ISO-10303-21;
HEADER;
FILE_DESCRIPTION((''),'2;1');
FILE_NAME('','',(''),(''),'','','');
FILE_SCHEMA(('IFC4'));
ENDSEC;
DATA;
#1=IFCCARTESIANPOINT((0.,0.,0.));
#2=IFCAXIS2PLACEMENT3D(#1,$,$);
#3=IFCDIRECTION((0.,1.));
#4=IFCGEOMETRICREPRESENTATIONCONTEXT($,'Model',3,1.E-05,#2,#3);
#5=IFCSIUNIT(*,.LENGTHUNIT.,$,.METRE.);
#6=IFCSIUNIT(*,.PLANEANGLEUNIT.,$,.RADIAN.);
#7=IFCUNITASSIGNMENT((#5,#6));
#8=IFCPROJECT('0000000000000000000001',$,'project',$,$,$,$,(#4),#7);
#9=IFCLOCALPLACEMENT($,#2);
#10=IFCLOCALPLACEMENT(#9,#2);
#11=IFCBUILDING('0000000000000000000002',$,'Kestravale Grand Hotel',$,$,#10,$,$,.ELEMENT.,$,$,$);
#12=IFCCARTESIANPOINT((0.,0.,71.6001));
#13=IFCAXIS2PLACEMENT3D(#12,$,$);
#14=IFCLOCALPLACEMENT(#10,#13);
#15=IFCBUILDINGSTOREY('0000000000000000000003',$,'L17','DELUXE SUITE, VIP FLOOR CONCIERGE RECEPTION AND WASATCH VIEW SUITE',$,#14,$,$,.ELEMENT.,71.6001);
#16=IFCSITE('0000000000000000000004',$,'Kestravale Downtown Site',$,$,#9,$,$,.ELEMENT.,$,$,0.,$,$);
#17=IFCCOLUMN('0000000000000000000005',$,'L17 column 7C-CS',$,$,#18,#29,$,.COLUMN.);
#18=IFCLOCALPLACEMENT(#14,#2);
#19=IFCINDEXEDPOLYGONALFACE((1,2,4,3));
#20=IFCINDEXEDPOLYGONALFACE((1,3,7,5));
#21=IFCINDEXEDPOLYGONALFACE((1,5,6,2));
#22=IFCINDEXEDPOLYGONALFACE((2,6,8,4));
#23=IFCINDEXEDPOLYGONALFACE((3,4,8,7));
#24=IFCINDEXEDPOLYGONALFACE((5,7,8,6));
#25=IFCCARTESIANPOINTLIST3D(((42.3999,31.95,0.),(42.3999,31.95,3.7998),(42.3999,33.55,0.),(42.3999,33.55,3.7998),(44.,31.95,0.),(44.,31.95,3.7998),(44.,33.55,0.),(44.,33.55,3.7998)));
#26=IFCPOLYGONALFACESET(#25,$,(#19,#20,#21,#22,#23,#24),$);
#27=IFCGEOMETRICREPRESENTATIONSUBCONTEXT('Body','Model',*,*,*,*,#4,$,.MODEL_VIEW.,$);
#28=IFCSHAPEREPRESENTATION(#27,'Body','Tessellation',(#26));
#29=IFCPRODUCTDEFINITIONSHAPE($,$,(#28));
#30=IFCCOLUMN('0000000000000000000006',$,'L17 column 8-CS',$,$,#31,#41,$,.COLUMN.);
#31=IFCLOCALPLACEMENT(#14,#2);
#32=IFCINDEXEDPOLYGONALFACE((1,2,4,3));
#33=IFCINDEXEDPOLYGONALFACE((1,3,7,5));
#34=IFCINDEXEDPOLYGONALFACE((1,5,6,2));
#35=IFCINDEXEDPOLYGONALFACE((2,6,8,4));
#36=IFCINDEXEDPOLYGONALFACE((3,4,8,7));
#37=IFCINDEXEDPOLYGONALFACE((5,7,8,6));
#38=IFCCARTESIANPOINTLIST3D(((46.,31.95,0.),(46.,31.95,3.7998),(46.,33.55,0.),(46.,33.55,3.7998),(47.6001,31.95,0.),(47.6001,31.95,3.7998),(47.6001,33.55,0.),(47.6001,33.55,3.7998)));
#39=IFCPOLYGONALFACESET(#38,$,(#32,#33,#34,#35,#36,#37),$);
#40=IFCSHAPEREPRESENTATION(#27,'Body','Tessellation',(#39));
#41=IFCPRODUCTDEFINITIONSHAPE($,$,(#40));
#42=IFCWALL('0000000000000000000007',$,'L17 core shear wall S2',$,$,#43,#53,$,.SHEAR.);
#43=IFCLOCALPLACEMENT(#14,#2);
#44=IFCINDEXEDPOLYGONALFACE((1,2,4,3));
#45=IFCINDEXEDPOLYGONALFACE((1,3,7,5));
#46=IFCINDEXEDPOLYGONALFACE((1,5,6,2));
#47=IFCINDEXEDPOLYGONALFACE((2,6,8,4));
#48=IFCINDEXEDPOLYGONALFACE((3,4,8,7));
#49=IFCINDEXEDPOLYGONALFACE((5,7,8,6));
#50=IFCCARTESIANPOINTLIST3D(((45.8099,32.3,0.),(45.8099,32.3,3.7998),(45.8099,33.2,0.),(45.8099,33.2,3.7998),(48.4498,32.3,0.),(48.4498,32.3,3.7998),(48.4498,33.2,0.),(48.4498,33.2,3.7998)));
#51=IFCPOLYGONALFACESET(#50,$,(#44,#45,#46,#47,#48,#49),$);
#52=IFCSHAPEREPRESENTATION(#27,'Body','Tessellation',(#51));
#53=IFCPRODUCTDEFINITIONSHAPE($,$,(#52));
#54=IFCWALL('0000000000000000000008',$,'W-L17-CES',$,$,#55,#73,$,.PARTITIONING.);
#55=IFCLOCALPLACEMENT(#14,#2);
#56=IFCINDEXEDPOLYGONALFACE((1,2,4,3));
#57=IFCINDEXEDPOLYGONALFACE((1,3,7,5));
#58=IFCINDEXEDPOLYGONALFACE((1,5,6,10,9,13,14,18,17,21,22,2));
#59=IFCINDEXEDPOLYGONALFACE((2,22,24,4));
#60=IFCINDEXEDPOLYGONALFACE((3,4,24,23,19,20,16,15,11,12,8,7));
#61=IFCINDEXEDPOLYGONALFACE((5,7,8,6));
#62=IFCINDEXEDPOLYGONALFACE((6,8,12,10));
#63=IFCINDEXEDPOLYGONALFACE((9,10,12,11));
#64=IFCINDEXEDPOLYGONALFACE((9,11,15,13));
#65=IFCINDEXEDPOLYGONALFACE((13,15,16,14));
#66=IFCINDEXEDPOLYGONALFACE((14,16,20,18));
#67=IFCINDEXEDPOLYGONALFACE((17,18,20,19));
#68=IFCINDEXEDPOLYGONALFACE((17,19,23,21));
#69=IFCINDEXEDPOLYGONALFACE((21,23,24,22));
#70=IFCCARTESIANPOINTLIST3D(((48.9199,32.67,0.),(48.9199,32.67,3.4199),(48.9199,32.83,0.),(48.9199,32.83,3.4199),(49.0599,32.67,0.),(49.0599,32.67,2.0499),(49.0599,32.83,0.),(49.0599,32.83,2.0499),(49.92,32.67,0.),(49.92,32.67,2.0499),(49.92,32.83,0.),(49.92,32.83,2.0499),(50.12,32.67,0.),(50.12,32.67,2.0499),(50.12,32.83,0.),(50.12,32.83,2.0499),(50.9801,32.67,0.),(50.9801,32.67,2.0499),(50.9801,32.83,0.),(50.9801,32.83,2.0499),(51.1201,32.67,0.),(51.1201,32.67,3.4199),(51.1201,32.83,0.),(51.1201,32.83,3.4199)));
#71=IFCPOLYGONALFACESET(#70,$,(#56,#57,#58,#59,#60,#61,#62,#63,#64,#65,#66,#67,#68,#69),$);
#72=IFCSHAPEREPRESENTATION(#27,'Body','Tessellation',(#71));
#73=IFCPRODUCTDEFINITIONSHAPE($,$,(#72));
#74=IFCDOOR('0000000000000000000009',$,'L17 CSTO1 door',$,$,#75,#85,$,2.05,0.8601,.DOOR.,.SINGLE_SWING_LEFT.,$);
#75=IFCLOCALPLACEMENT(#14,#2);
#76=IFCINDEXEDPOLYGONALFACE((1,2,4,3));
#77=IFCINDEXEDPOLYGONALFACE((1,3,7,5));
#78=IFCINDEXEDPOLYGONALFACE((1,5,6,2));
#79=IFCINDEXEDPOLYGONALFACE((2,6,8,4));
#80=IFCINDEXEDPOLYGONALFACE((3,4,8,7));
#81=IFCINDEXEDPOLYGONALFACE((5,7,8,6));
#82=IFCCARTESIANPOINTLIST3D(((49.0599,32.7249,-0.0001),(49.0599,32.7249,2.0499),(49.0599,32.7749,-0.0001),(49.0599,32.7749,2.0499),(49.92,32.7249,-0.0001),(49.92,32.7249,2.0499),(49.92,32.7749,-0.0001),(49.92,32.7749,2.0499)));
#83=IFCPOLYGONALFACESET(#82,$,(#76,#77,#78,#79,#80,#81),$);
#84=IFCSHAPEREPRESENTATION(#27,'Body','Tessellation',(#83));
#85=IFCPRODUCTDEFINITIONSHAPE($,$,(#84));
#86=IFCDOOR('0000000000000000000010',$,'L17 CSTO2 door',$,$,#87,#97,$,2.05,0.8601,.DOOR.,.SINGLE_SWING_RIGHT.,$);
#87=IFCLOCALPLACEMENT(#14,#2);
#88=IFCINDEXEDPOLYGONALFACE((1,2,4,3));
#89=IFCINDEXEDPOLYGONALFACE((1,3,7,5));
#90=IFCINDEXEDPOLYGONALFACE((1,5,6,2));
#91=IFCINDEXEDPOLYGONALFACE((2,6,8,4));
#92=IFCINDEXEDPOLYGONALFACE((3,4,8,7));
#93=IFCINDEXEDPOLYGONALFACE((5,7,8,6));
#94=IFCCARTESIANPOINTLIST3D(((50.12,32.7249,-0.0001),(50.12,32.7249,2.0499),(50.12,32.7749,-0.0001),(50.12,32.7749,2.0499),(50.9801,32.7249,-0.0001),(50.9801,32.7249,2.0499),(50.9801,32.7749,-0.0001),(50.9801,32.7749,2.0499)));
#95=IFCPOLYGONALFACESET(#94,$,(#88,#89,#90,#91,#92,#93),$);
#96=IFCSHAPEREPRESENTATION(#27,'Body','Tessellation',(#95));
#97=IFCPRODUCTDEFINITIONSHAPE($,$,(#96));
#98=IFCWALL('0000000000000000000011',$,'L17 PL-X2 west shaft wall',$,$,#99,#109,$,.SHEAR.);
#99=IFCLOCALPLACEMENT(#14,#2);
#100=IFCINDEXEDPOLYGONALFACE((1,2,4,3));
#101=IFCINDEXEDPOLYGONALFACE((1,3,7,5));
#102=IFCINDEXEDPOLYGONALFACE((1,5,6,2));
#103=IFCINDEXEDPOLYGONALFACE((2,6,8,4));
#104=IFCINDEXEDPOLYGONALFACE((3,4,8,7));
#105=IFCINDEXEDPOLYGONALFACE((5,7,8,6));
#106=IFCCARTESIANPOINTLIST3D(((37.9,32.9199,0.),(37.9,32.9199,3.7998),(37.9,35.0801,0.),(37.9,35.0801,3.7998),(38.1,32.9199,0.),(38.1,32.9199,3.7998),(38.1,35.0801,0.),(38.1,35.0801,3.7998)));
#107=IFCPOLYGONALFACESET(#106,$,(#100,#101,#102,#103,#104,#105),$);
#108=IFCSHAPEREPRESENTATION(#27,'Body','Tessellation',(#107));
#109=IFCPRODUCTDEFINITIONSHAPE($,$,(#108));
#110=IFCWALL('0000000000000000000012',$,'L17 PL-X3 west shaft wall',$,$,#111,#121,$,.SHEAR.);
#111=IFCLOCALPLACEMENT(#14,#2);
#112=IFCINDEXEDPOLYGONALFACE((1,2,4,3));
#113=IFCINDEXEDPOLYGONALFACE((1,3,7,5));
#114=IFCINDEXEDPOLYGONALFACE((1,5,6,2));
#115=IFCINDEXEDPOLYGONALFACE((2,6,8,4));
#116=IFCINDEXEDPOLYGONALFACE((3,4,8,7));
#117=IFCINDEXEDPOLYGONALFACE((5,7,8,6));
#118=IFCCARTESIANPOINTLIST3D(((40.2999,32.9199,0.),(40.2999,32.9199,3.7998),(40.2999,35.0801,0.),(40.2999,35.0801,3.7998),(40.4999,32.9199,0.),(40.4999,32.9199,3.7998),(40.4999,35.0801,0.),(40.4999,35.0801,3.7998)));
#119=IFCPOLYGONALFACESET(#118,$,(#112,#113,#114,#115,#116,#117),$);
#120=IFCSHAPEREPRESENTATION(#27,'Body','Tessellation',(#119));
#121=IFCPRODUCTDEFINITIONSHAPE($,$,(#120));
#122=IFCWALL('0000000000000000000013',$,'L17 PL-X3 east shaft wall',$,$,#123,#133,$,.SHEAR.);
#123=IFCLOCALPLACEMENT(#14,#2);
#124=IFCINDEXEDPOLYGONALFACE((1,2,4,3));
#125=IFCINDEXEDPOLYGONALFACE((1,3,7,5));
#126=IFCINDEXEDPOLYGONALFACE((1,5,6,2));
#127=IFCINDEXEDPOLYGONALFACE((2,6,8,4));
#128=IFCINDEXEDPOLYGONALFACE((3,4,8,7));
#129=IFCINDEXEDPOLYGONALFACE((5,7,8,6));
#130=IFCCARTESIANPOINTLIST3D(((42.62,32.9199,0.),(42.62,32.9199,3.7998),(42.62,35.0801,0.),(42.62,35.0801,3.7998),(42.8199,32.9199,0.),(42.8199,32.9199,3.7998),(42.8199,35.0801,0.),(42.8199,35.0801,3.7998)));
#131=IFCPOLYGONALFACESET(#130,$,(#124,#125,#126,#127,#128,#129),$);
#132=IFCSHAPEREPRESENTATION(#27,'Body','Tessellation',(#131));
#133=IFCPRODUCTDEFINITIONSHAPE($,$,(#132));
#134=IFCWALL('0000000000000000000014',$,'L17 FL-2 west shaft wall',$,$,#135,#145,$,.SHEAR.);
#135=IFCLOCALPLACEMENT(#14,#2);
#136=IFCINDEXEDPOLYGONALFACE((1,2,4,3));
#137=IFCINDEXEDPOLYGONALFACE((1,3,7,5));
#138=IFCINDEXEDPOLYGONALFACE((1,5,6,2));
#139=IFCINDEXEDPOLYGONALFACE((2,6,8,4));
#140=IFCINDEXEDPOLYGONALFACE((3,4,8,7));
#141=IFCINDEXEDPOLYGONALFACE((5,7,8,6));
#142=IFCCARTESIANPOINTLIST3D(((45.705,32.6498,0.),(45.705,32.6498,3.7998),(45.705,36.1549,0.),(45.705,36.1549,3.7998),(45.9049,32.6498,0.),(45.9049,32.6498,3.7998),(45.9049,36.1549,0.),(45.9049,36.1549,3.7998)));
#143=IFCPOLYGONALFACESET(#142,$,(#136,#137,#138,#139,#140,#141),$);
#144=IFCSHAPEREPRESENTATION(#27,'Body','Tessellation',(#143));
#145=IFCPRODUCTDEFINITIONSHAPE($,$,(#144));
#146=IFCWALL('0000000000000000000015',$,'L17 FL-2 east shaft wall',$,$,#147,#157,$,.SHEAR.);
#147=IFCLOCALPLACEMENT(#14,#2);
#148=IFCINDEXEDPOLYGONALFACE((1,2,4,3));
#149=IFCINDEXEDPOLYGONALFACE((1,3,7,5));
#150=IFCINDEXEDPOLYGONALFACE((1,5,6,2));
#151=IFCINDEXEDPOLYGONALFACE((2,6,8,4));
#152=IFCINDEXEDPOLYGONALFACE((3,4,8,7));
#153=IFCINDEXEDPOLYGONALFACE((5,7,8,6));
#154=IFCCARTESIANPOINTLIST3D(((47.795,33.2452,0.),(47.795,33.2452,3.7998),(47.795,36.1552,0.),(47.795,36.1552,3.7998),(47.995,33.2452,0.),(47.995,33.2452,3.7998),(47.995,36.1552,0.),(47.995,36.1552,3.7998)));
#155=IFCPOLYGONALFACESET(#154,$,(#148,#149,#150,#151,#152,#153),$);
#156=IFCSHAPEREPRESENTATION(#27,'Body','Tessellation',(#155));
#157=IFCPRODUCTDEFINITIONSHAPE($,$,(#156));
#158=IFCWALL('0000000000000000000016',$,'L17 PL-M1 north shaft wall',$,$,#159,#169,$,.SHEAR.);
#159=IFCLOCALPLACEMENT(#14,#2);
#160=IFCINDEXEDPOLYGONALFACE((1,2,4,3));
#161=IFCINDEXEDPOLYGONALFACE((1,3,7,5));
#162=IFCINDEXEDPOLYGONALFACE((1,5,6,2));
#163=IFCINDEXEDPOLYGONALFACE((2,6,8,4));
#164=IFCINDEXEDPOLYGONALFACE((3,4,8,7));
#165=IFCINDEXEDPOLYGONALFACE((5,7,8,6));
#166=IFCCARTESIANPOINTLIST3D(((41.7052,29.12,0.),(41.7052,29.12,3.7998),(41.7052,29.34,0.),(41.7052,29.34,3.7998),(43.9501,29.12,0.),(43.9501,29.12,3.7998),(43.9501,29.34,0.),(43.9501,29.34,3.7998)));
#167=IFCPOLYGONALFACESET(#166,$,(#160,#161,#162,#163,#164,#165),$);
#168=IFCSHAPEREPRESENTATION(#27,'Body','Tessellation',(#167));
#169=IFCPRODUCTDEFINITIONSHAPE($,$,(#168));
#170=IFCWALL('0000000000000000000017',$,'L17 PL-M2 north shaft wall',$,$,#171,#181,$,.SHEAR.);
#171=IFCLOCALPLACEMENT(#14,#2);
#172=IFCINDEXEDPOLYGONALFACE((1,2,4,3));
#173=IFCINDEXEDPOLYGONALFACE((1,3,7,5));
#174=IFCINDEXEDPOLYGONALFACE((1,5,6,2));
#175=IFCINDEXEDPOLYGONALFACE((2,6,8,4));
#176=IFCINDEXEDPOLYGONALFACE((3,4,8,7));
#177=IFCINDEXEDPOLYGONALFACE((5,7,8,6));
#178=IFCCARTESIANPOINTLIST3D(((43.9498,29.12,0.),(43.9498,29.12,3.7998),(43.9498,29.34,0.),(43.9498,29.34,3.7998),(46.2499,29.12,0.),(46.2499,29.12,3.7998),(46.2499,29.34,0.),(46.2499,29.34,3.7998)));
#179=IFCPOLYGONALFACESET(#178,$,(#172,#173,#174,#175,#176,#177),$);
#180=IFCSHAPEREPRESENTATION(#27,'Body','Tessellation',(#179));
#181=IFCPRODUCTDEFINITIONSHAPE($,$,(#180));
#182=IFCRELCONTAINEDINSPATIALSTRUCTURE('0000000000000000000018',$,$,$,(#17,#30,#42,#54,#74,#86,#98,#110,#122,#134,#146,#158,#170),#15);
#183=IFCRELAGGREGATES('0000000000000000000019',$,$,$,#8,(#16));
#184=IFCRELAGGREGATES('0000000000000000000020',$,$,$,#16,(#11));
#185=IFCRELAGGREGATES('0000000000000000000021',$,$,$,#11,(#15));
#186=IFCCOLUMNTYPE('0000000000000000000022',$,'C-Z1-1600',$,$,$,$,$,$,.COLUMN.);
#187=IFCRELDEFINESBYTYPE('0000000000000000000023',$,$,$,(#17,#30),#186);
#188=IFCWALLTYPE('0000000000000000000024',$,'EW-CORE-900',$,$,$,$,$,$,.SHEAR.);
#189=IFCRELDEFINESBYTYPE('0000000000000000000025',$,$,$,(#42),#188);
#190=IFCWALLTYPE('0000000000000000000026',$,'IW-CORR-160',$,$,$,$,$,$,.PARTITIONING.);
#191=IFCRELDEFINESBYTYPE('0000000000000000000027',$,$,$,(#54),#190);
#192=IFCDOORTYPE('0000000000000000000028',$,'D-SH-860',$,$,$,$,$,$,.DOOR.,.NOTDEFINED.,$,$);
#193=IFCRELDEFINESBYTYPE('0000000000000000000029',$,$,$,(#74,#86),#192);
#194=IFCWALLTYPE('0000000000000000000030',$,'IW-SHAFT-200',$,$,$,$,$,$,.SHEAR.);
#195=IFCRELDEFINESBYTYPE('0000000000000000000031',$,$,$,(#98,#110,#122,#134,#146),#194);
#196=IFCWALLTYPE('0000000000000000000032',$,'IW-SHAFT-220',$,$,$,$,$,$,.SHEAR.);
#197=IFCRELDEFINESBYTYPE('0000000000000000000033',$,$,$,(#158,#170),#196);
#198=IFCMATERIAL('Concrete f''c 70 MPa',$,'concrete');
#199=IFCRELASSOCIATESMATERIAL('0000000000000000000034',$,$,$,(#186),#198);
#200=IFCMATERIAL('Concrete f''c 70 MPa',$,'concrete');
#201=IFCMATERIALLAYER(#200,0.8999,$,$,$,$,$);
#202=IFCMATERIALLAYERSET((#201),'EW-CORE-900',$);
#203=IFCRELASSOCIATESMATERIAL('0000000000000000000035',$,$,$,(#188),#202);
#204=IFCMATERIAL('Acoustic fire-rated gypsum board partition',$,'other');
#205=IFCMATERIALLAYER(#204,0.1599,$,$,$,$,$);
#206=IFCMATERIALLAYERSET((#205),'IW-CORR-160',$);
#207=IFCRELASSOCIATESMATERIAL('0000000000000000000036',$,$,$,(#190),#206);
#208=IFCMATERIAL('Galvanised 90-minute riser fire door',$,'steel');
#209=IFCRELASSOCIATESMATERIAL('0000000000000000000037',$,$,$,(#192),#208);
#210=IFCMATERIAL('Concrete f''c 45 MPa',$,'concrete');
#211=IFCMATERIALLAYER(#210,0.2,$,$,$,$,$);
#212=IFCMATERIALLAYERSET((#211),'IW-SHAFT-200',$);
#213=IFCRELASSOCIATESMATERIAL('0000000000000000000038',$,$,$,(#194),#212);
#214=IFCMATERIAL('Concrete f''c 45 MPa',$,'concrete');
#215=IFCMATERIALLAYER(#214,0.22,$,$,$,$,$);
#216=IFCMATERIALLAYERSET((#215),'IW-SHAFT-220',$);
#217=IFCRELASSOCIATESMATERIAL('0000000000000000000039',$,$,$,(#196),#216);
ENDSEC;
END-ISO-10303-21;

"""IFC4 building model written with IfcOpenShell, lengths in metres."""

from ifc_helpers import new_model, si_unit, direction, frame, frame_2d, origin, origin_2d, place, context, subcontext, project, spatial, rectangle, extrude, material, layer, layer_set, material_profile, profile_set, type_object, element, fill, save


model = new_model("IFC4")

# Units and contexts
model_context = context("Model", 3, precision=1e-05, world=origin(), true_north=direction((0.0, 1.0)))
body_context = subcontext(model_context, "Body", "Model", "MODEL_VIEW")
ifc_project = project(units=[si_unit("LENGTHUNIT", "METRE"), si_unit("PLANEANGLEUNIT", "RADIAN")], contexts=[model_context])

# Site, building, storey
site_placement = place(None, origin())
site = spatial("IfcSite", under=ifc_project, at=site_placement, Name="Kestravale Downtown Site", CompositionType="ELEMENT", RefElevation=0.0)
building_placement = place(site_placement, origin())
building = spatial("IfcBuilding", under=site, at=building_placement, Name="Kestravale Grand Hotel", CompositionType="ELEMENT")
storey_placement = place(building_placement, frame((0.0, 0.0, 71.6001)))
storey = spatial("IfcBuildingStorey", under=building, at=storey_placement, Name="L17", Description="DELUXE SUITE, VIP FLOOR CONCIERGE RECEPTION AND WASATCH VIEW SUITE", CompositionType="ELEMENT", Elevation=71.6001)

# Columns
ifc_material_1 = material(Name="Concrete f'c 70 MPa", Category="concrete")
ifc_material_profile = material_profile(ifc_material_1, rectangle(XDim=1.6001, YDim=1.6001, at=origin_2d()))
ifc_profile_set = profile_set([ifc_material_profile], Name="Concrete f'c 70 MPa")
column_type = type_object("IfcColumnType", Name="C-Z1-1600", PredefinedType="COLUMN", material=ifc_profile_set)
for number, where, z_axis, x_axis, name in (
    (1, (43.2, 32.75, 0.0), (0.0, 0.0, 1.0), (1.0, 0.0, 0.0), "L17 column 7C-CS"),
    (2, (46.8, 32.75, 0.0), (0.0, 0.0, 1.0), (1.0, 0.0, 0.0), "L17 column 8-CS"),
):
    element("IfcColumn", number, at=place(storey_placement, frame(where, z_axis=z_axis, x_axis=x_axis)), inside=storey, type_object=column_type, Name=name, PredefinedType="COLUMN", context=body_context, shape_type="SweptSolid", body=[
        extrude(rectangle(XDim=1.6001, YDim=1.6001, at=origin_2d()), origin(), (0.0, 0.0, 1.0), 3.7998),
    ])

# Wall
ifc_material_2 = material(Name="Concrete f'c 70 MPa", Category="concrete")
ifc_layer_1 = layer(ifc_material_2, 0.8999)
ifc_layer_set_1 = layer_set([ifc_layer_1], Name="EW-CORE-900")
wall_type_1 = type_object("IfcWallType", Name="EW-CORE-900", PredefinedType="SHEAR", material=ifc_layer_set_1)
wall_1_placement = place(storey_placement, frame((45.8101, 32.75, 0.0), z_axis=(0.0, 0.0, 1.0), x_axis=(1.0, 0.0, 0.0)))
element("IfcWall", 3, at=wall_1_placement, inside=storey, type_object=wall_type_1, Name="L17 core shear wall S2", PredefinedType="SHEAR", context=body_context, shape_type="SweptSolid", body=[
    extrude(rectangle(XDim=2.6399, YDim=0.8999, at=frame_2d((1.3198, 0.0))), origin(), (0.0, 0.0, 1.0), 3.7998),
])

# Wall, openings, doors
ifc_material_3 = material(Name="Acoustic fire-rated gypsum board partition", Category="other")
ifc_layer_2 = layer(ifc_material_3, 0.1599)
ifc_layer_set_2 = layer_set([ifc_layer_2], Name="IW-CORR-160")
wall_type_2 = type_object("IfcWallType", Name="IW-CORR-160", PredefinedType="PARTITIONING", material=ifc_layer_set_2)
wall_2_placement = place(storey_placement, frame((48.9199, 32.75, 0.0), z_axis=(0.0, 0.0, 1.0), x_axis=(1.0, 0.0, 0.0)))
wall_2 = element("IfcWall", 4, at=wall_2_placement, inside=storey, type_object=wall_type_2, Name="W-L17-CES", PredefinedType="PARTITIONING", context=body_context, shape_type="SweptSolid", body=[
    extrude(rectangle(XDim=2.2002, YDim=0.1599, at=frame_2d((1.1001, 0.0))), origin(), (0.0, 0.0, 1.0), 3.4199),
])
opening_1_placement = place(wall_2_placement, frame((0.1399, 0.0, 0.0)))
opening_1 = element("IfcOpeningElement", 5, at=opening_1_placement, cuts=wall_2, PredefinedType="OPENING", context=body_context, shape_type="SweptSolid", body=[
    extrude(rectangle(XDim=0.8601, YDim=2.05, at=frame_2d((0.4302, 1.0249))), frame((0.0, 0.0898, 0.0), z_axis=(0.0, -1.0, 0.0), x_axis=(1.0, 0.0, 0.0)), (0.0, 0.0, 1.0), 0.1799),
])
opening_2_placement = place(wall_2_placement, frame((1.2, 0.0, 0.0)))
opening_2 = element("IfcOpeningElement", 6, at=opening_2_placement, cuts=wall_2, PredefinedType="OPENING", context=body_context, shape_type="SweptSolid", body=[
    extrude(rectangle(XDim=0.8601, YDim=2.05, at=frame_2d((0.4302, 1.0249))), frame((0.0, 0.0898, 0.0), z_axis=(0.0, -1.0, 0.0), x_axis=(1.0, 0.0, 0.0)), (0.0, 0.0, 1.0), 0.1799),
])
ifc_material_4 = material(Name="Galvanised 90-minute riser fire door", Category="steel")
door_type_1 = type_object("IfcDoorType", Name="D-SH-860", OperationType="NOTDEFINED", PredefinedType="DOOR", material=ifc_material_4)
door_1_placement = place(opening_1_placement, origin())
door_1 = element("IfcDoor", 7, at=door_1_placement, inside=storey, type_object=door_type_1, Name="L17 CSTO1 door", OperationType="SINGLE_SWING_LEFT", OverallHeight=2.05, OverallWidth=0.8601, PredefinedType="DOOR", context=body_context, shape_type="SweptSolid", body=[
    extrude(rectangle(XDim=0.8601, YDim=2.05, at=frame_2d((0.4302, 1.0249))), frame((0.0, 0.0249, 0.0), z_axis=(0.0, -1.0, 0.0), x_axis=(1.0, 0.0, 0.0)), (0.0, 0.0, 1.0), 0.05),
])
fill(opening_1, door_1)
door_2_placement = place(opening_2_placement, origin())
door_2 = element("IfcDoor", 8, at=door_2_placement, inside=storey, type_object=door_type_1, Name="L17 CSTO2 door", OperationType="SINGLE_SWING_RIGHT", OverallHeight=2.05, OverallWidth=0.8601, PredefinedType="DOOR", context=body_context, shape_type="SweptSolid", body=[
    extrude(rectangle(XDim=0.8601, YDim=2.05, at=frame_2d((0.4302, 1.0249))), frame((0.0, 0.0249, 0.0), z_axis=(0.0, -1.0, 0.0), x_axis=(1.0, 0.0, 0.0)), (0.0, 0.0, 1.0), 0.05),
])
fill(opening_2, door_2)

# Walls
ifc_material_5 = material(Name="Concrete f'c 45 MPa", Category="concrete")
ifc_layer_3 = layer(ifc_material_5, 0.2)
ifc_layer_set_3 = layer_set([ifc_layer_3], Name="IW-SHAFT-200")
wall_type_3 = type_object("IfcWallType", Name="IW-SHAFT-200", PredefinedType="SHEAR", material=ifc_layer_set_3)
for number, where, z_axis, x_axis, name in (
    (9, (38.0, 32.9199, 0.0), (0.0, 0.0, 1.0), (0.0, 1.0, 0.0), "L17 PL-X2 west shaft wall"),
    (10, (40.3999, 32.9199, 0.0), (0.0, 0.0, 1.0), (0.0, 1.0, 0.0), "L17 PL-X3 west shaft wall"),
    (11, (42.72, 32.9199, 0.0), (0.0, 0.0, 1.0), (0.0, 1.0, 0.0), "L17 PL-X3 east shaft wall"),
):
    element("IfcWall", number, at=place(storey_placement, frame(where, z_axis=z_axis, x_axis=x_axis)), inside=storey, type_object=wall_type_3, Name=name, PredefinedType="SHEAR", context=body_context, shape_type="SweptSolid", body=[
        extrude(rectangle(XDim=2.1602, YDim=0.2, at=frame_2d((1.0801, 0.0))), origin(), (0.0, 0.0, 1.0), 3.7998),
    ])
wall_3_placement = place(storey_placement, frame((45.8049, 32.6499, 0.0), z_axis=(0.0, 0.0, 1.0), x_axis=(0.0, 1.0, 0.0)))
element("IfcWall", 12, at=wall_3_placement, inside=storey, type_object=wall_type_3, Name="L17 FL-2 west shaft wall", PredefinedType="SHEAR", context=body_context, shape_type="SweptSolid", body=[
    extrude(rectangle(XDim=3.5051, YDim=0.2, at=frame_2d((1.7524, 0.0))), origin(), (0.0, 0.0, 1.0), 3.7998),
])
wall_4_placement = place(storey_placement, frame((47.895, 33.2451, 0.0), z_axis=(0.0, 0.0, 1.0), x_axis=(0.0, 1.0, 0.0)))
element("IfcWall", 13, at=wall_4_placement, inside=storey, type_object=wall_type_3, Name="L17 FL-2 east shaft wall", PredefinedType="SHEAR", context=body_context, shape_type="SweptSolid", body=[
    extrude(rectangle(XDim=2.9099, YDim=0.2, at=frame_2d((1.4551, 0.0))), origin(), (0.0, 0.0, 1.0), 3.7998),
])
ifc_material_6 = material(Name="Concrete f'c 45 MPa", Category="concrete")
ifc_layer_4 = layer(ifc_material_6, 0.22)
ifc_layer_set_4 = layer_set([ifc_layer_4], Name="IW-SHAFT-220")
wall_type_4 = type_object("IfcWallType", Name="IW-SHAFT-220", PredefinedType="SHEAR", material=ifc_layer_set_4)
wall_5_placement = place(storey_placement, frame((41.7051, 29.23, 0.0), z_axis=(0.0, 0.0, 1.0), x_axis=(1.0, 0.0, 0.0)))
element("IfcWall", 14, at=wall_5_placement, inside=storey, type_object=wall_type_4, Name="L17 PL-M1 north shaft wall", PredefinedType="SHEAR", context=body_context, shape_type="SweptSolid", body=[
    extrude(rectangle(XDim=2.2449, YDim=0.22, at=frame_2d((1.1226, 0.0))), origin(), (0.0, 0.0, 1.0), 3.7998),
])
for number, where, z_axis, x_axis, name in (
    (15, (43.95, 29.23, 0.0), (0.0, 0.0, 1.0), (1.0, 0.0, 0.0), "L17 PL-M2 north shaft wall"),
):
    element("IfcWall", number, at=place(storey_placement, frame(where, z_axis=z_axis, x_axis=x_axis)), inside=storey, type_object=wall_type_4, Name=name, PredefinedType="SHEAR", context=body_context, shape_type="SweptSolid", body=[
        extrude(rectangle(XDim=2.3, YDim=0.22, at=frame_2d((1.1499, 0.0))), origin(), (0.0, 0.0, 1.0), 3.7998),
    ])

save(model, "model.ifc")
